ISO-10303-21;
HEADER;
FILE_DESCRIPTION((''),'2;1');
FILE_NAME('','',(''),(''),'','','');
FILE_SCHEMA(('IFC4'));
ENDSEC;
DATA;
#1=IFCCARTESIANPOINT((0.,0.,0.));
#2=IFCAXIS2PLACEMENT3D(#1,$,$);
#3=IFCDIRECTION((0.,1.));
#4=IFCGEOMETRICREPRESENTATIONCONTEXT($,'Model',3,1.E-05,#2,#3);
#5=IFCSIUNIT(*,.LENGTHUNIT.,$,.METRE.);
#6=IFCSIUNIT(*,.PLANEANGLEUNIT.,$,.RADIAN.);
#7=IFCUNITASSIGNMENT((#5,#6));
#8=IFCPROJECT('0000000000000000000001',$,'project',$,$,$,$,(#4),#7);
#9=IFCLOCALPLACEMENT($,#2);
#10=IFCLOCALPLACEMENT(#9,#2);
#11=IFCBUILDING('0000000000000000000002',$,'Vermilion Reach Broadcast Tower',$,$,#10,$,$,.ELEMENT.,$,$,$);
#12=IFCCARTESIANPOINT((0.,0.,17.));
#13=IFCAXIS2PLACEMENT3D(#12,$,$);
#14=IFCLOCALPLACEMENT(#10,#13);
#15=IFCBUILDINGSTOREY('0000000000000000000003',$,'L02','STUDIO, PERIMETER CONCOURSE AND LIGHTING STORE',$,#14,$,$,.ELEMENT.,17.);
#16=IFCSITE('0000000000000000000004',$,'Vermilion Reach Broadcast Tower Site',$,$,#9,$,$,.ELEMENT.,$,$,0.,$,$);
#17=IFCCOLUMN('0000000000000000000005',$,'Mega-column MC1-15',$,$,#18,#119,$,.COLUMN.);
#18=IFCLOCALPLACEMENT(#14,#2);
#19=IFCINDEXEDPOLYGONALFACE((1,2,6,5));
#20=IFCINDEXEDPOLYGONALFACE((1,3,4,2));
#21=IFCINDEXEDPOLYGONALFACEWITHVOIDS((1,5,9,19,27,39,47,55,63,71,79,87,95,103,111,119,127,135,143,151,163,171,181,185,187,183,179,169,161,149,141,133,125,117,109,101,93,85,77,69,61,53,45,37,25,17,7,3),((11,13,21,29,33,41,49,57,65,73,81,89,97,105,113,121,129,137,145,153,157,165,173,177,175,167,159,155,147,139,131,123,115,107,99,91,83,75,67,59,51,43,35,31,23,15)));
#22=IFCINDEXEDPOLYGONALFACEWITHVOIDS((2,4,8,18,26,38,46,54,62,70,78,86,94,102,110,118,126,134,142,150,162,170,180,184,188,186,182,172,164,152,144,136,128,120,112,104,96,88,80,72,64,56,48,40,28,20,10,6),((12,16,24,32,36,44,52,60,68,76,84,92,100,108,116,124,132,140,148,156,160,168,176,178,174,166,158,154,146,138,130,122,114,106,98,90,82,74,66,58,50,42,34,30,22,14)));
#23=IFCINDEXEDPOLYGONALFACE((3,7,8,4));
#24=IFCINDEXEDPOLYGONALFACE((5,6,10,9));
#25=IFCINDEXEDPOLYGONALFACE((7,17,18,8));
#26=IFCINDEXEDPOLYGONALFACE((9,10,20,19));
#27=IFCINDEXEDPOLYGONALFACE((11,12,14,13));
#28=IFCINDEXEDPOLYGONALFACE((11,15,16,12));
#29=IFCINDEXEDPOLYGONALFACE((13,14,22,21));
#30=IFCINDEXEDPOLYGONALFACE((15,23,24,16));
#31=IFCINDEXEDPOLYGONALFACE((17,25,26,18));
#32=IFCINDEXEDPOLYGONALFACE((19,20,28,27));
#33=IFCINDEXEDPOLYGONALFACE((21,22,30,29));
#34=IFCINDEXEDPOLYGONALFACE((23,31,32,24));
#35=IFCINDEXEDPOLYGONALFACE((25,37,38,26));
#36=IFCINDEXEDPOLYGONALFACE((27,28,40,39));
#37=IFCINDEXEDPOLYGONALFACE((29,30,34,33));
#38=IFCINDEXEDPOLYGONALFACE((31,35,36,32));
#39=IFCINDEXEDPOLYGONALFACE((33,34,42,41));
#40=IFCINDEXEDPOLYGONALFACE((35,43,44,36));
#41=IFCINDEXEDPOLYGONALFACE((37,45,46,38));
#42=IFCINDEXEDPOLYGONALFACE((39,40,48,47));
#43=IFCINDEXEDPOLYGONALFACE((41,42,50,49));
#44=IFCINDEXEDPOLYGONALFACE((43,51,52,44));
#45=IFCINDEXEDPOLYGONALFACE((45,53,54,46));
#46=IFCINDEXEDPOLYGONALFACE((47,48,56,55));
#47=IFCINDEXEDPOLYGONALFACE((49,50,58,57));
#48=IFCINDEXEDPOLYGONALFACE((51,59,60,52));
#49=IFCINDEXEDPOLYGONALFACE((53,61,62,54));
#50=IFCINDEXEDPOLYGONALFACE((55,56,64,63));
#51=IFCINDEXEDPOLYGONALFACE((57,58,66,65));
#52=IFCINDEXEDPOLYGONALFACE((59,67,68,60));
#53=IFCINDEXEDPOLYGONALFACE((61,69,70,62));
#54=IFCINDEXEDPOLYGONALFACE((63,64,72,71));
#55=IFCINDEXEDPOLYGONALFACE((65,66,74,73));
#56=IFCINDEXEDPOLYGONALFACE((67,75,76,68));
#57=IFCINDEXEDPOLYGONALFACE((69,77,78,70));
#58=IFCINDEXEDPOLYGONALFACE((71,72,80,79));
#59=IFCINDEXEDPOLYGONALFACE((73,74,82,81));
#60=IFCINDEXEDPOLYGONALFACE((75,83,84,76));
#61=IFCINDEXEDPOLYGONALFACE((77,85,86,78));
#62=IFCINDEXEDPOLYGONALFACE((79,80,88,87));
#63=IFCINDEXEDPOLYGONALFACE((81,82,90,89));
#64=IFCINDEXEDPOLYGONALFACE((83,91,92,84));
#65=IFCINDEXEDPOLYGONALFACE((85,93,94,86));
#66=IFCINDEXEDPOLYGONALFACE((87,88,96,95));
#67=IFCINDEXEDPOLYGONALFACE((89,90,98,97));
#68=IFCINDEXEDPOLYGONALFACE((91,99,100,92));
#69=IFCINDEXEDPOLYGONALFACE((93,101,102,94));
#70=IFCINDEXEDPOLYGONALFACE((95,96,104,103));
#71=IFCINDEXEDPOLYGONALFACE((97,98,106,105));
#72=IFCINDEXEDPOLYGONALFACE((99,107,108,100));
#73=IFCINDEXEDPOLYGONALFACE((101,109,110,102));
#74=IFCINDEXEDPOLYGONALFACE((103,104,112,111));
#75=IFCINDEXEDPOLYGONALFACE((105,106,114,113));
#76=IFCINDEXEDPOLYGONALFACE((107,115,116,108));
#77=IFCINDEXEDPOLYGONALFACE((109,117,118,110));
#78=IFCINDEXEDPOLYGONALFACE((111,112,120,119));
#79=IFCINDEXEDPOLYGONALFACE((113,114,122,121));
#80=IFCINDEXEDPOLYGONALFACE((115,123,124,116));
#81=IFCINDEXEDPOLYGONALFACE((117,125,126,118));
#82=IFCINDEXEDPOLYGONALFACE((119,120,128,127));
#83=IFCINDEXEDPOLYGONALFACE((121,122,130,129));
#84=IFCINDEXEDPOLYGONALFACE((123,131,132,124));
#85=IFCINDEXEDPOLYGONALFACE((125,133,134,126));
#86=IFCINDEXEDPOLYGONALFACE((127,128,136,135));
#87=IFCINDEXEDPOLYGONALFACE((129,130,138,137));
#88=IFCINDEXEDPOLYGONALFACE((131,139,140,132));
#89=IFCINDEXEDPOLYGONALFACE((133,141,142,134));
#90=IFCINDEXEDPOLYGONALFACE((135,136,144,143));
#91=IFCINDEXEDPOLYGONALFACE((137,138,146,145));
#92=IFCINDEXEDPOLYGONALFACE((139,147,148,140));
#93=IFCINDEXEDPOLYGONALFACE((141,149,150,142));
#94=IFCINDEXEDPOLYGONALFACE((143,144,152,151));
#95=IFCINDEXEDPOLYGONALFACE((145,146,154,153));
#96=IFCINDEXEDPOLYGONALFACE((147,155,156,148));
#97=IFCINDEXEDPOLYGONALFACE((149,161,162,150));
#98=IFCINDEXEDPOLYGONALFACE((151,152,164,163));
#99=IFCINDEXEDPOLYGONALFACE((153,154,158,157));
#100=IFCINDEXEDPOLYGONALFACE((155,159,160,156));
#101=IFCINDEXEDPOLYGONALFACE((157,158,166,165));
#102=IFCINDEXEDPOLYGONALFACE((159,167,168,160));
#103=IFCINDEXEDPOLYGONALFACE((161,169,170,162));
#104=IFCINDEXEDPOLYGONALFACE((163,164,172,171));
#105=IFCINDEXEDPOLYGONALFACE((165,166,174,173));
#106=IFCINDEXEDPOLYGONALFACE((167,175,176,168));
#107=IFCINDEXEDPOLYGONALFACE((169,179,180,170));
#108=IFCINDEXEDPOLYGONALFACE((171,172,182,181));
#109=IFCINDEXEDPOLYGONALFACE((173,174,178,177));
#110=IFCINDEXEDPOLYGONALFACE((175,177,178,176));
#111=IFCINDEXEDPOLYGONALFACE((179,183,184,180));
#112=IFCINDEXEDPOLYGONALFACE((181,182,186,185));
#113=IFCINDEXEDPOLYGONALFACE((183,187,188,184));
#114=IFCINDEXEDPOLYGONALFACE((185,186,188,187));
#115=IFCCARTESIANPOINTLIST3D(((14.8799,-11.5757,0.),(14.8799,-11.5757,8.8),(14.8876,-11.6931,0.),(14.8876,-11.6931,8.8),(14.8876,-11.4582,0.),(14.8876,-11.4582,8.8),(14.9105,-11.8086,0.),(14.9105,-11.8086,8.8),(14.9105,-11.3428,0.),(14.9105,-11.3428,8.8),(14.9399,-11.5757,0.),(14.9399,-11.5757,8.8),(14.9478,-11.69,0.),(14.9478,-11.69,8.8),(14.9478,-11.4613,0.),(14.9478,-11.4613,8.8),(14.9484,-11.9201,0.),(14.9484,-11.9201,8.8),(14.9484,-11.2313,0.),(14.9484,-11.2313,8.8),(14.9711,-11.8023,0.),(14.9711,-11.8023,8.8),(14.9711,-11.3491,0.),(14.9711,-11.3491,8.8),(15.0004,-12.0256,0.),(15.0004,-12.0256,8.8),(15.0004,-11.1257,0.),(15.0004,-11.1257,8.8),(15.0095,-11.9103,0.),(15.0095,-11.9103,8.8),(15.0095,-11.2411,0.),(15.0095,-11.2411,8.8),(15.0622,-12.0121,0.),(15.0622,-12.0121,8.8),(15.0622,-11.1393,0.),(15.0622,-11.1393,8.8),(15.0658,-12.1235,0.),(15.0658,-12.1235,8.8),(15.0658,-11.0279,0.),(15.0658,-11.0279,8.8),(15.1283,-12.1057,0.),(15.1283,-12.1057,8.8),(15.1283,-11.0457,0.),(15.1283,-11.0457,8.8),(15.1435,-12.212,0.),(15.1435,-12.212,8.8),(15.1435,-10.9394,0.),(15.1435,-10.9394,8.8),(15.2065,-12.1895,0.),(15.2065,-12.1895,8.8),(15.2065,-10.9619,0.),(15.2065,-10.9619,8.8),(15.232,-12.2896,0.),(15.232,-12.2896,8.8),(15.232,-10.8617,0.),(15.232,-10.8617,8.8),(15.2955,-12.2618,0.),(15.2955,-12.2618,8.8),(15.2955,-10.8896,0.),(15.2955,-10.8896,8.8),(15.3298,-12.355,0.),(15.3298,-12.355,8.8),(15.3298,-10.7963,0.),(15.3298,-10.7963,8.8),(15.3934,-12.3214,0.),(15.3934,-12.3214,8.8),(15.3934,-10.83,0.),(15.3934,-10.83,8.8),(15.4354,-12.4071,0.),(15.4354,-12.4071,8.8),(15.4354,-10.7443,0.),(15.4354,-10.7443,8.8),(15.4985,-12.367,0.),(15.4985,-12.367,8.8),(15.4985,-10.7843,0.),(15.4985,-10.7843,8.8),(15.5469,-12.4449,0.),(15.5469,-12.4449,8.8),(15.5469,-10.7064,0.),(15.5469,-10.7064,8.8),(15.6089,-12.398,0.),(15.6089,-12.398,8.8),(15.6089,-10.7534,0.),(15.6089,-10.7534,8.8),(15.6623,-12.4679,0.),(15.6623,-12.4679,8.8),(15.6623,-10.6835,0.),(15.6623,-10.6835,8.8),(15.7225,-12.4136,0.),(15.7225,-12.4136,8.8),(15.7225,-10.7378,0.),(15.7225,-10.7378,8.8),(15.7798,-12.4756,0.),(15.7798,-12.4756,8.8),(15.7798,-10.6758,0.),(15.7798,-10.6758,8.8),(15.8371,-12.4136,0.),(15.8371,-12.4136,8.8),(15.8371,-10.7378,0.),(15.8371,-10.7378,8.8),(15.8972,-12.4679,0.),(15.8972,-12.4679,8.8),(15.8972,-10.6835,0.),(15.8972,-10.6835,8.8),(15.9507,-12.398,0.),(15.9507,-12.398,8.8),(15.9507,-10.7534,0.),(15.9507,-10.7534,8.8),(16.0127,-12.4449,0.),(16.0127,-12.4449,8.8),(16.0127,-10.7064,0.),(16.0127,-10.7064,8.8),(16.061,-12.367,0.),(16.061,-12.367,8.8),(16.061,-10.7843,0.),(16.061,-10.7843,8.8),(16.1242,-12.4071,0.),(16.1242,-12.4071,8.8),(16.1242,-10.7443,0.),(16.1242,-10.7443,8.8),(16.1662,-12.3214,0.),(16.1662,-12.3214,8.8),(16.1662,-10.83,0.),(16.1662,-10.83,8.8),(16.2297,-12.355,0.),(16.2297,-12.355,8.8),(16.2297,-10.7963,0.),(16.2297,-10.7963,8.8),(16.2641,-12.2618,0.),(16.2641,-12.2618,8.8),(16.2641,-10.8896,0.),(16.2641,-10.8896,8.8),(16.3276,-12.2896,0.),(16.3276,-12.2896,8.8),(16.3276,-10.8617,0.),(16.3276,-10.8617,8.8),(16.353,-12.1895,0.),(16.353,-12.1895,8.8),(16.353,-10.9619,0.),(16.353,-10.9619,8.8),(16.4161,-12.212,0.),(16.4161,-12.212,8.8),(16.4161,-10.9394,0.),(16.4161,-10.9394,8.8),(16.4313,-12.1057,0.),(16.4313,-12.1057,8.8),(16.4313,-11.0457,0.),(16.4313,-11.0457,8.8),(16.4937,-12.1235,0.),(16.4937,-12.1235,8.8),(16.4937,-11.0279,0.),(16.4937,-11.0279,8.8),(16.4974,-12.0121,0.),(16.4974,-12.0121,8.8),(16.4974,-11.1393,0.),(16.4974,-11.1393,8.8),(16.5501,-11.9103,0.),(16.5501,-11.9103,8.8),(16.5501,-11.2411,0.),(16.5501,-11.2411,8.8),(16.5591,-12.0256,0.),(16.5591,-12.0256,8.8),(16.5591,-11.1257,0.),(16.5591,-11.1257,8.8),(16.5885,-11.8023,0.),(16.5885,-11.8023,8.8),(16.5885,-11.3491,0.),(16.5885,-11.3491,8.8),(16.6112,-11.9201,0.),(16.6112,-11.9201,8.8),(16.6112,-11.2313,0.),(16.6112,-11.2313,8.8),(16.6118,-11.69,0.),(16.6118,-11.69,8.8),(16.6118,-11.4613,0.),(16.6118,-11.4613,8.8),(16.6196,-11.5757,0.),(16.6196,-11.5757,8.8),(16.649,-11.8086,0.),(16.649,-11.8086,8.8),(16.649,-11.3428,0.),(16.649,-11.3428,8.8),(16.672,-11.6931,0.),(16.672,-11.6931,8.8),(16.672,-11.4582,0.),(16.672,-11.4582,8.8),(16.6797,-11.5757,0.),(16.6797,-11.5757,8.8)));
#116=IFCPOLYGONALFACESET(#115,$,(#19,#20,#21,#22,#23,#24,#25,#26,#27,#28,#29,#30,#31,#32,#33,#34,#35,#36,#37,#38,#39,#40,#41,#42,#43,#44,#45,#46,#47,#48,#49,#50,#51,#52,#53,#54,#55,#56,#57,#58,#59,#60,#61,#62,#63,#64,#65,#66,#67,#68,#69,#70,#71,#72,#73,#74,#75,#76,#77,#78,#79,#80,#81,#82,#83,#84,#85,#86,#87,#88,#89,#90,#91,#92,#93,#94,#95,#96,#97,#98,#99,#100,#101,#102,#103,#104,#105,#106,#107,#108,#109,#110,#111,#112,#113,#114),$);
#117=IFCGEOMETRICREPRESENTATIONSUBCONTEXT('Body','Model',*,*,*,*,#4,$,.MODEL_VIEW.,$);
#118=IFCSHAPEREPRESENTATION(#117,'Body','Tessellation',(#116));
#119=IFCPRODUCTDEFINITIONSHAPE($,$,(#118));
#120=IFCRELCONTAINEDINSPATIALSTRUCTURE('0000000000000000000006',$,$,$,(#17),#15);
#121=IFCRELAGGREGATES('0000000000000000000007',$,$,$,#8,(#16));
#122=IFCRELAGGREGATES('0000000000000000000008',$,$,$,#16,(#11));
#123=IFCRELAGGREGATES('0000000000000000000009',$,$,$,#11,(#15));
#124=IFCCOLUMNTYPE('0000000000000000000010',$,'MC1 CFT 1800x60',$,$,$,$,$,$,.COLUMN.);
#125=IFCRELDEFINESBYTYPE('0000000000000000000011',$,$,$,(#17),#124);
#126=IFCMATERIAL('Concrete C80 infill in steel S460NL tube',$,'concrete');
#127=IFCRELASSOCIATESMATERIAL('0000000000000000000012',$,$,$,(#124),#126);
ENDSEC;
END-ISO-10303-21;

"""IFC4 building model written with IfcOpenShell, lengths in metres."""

from ifc_helpers import new_model, si_unit, direction, frame, origin, origin_2d, place, context, subcontext, project, spatial, hollow_circle, extrude, material, material_profile, profile_set, type_object, element, save


model = new_model("IFC4")

# Units and contexts
model_context = context("Model", 3, precision=1e-05, world=origin(), true_north=direction((0.0, 1.0)))
body_context = subcontext(model_context, "Body", "Model", "MODEL_VIEW")
ifc_project = project(units=[si_unit("LENGTHUNIT", "METRE"), si_unit("PLANEANGLEUNIT", "RADIAN")], contexts=[model_context])

# Site, building, storey
site_placement = place(None, origin())
site = spatial("IfcSite", under=ifc_project, at=site_placement, Name="Vermilion Reach Broadcast Tower Site", CompositionType="ELEMENT", RefElevation=0.0)
building_placement = place(site_placement, origin())
building = spatial("IfcBuilding", under=site, at=building_placement, Name="Vermilion Reach Broadcast Tower", CompositionType="ELEMENT")
storey_placement = place(building_placement, frame((0.0, 0.0, 17.0)))
storey = spatial("IfcBuildingStorey", under=building, at=storey_placement, Name="L02", Description="STUDIO, PERIMETER CONCOURSE AND LIGHTING STORE", CompositionType="ELEMENT", Elevation=17.0)

# Column
ifc_material_1 = material(Name="Concrete C80 infill in steel S460NL tube", Category="concrete")
ifc_material_profile_1 = material_profile(ifc_material_1, hollow_circle(Radius=0.8999, WallThickness=0.0601, at=origin_2d()), Name="Concrete C80 infill in steel S460NL tube CFT 1800x60")
ifc_profile_set_1 = profile_set([ifc_material_profile_1], Name="Concrete C80 infill in steel S460NL tube")
column_type = type_object("IfcColumnType", Name="MC1 CFT 1800x60", PredefinedType="COLUMN", material=ifc_profile_set_1)
for number, where, z_axis, x_axis, name in (
    (1, (15.7798, -11.5757, 0.0), (0.0, 0.0, 1.0), (1.0, 0.0, 0.0), "Mega-column MC1-15"),
):
    element("IfcColumn", number, at=place(storey_placement, frame(where, z_axis=z_axis, x_axis=x_axis)), inside=storey, type_object=column_type, Name=name, PredefinedType="COLUMN", context=body_context, shape_type="SweptSolid", body=[
        extrude(hollow_circle(Radius=0.8999, WallThickness=0.0601, at=origin_2d()), origin(), (0.0, 0.0, 1.0), 8.8),
    ])

save(model, "model.ifc")
